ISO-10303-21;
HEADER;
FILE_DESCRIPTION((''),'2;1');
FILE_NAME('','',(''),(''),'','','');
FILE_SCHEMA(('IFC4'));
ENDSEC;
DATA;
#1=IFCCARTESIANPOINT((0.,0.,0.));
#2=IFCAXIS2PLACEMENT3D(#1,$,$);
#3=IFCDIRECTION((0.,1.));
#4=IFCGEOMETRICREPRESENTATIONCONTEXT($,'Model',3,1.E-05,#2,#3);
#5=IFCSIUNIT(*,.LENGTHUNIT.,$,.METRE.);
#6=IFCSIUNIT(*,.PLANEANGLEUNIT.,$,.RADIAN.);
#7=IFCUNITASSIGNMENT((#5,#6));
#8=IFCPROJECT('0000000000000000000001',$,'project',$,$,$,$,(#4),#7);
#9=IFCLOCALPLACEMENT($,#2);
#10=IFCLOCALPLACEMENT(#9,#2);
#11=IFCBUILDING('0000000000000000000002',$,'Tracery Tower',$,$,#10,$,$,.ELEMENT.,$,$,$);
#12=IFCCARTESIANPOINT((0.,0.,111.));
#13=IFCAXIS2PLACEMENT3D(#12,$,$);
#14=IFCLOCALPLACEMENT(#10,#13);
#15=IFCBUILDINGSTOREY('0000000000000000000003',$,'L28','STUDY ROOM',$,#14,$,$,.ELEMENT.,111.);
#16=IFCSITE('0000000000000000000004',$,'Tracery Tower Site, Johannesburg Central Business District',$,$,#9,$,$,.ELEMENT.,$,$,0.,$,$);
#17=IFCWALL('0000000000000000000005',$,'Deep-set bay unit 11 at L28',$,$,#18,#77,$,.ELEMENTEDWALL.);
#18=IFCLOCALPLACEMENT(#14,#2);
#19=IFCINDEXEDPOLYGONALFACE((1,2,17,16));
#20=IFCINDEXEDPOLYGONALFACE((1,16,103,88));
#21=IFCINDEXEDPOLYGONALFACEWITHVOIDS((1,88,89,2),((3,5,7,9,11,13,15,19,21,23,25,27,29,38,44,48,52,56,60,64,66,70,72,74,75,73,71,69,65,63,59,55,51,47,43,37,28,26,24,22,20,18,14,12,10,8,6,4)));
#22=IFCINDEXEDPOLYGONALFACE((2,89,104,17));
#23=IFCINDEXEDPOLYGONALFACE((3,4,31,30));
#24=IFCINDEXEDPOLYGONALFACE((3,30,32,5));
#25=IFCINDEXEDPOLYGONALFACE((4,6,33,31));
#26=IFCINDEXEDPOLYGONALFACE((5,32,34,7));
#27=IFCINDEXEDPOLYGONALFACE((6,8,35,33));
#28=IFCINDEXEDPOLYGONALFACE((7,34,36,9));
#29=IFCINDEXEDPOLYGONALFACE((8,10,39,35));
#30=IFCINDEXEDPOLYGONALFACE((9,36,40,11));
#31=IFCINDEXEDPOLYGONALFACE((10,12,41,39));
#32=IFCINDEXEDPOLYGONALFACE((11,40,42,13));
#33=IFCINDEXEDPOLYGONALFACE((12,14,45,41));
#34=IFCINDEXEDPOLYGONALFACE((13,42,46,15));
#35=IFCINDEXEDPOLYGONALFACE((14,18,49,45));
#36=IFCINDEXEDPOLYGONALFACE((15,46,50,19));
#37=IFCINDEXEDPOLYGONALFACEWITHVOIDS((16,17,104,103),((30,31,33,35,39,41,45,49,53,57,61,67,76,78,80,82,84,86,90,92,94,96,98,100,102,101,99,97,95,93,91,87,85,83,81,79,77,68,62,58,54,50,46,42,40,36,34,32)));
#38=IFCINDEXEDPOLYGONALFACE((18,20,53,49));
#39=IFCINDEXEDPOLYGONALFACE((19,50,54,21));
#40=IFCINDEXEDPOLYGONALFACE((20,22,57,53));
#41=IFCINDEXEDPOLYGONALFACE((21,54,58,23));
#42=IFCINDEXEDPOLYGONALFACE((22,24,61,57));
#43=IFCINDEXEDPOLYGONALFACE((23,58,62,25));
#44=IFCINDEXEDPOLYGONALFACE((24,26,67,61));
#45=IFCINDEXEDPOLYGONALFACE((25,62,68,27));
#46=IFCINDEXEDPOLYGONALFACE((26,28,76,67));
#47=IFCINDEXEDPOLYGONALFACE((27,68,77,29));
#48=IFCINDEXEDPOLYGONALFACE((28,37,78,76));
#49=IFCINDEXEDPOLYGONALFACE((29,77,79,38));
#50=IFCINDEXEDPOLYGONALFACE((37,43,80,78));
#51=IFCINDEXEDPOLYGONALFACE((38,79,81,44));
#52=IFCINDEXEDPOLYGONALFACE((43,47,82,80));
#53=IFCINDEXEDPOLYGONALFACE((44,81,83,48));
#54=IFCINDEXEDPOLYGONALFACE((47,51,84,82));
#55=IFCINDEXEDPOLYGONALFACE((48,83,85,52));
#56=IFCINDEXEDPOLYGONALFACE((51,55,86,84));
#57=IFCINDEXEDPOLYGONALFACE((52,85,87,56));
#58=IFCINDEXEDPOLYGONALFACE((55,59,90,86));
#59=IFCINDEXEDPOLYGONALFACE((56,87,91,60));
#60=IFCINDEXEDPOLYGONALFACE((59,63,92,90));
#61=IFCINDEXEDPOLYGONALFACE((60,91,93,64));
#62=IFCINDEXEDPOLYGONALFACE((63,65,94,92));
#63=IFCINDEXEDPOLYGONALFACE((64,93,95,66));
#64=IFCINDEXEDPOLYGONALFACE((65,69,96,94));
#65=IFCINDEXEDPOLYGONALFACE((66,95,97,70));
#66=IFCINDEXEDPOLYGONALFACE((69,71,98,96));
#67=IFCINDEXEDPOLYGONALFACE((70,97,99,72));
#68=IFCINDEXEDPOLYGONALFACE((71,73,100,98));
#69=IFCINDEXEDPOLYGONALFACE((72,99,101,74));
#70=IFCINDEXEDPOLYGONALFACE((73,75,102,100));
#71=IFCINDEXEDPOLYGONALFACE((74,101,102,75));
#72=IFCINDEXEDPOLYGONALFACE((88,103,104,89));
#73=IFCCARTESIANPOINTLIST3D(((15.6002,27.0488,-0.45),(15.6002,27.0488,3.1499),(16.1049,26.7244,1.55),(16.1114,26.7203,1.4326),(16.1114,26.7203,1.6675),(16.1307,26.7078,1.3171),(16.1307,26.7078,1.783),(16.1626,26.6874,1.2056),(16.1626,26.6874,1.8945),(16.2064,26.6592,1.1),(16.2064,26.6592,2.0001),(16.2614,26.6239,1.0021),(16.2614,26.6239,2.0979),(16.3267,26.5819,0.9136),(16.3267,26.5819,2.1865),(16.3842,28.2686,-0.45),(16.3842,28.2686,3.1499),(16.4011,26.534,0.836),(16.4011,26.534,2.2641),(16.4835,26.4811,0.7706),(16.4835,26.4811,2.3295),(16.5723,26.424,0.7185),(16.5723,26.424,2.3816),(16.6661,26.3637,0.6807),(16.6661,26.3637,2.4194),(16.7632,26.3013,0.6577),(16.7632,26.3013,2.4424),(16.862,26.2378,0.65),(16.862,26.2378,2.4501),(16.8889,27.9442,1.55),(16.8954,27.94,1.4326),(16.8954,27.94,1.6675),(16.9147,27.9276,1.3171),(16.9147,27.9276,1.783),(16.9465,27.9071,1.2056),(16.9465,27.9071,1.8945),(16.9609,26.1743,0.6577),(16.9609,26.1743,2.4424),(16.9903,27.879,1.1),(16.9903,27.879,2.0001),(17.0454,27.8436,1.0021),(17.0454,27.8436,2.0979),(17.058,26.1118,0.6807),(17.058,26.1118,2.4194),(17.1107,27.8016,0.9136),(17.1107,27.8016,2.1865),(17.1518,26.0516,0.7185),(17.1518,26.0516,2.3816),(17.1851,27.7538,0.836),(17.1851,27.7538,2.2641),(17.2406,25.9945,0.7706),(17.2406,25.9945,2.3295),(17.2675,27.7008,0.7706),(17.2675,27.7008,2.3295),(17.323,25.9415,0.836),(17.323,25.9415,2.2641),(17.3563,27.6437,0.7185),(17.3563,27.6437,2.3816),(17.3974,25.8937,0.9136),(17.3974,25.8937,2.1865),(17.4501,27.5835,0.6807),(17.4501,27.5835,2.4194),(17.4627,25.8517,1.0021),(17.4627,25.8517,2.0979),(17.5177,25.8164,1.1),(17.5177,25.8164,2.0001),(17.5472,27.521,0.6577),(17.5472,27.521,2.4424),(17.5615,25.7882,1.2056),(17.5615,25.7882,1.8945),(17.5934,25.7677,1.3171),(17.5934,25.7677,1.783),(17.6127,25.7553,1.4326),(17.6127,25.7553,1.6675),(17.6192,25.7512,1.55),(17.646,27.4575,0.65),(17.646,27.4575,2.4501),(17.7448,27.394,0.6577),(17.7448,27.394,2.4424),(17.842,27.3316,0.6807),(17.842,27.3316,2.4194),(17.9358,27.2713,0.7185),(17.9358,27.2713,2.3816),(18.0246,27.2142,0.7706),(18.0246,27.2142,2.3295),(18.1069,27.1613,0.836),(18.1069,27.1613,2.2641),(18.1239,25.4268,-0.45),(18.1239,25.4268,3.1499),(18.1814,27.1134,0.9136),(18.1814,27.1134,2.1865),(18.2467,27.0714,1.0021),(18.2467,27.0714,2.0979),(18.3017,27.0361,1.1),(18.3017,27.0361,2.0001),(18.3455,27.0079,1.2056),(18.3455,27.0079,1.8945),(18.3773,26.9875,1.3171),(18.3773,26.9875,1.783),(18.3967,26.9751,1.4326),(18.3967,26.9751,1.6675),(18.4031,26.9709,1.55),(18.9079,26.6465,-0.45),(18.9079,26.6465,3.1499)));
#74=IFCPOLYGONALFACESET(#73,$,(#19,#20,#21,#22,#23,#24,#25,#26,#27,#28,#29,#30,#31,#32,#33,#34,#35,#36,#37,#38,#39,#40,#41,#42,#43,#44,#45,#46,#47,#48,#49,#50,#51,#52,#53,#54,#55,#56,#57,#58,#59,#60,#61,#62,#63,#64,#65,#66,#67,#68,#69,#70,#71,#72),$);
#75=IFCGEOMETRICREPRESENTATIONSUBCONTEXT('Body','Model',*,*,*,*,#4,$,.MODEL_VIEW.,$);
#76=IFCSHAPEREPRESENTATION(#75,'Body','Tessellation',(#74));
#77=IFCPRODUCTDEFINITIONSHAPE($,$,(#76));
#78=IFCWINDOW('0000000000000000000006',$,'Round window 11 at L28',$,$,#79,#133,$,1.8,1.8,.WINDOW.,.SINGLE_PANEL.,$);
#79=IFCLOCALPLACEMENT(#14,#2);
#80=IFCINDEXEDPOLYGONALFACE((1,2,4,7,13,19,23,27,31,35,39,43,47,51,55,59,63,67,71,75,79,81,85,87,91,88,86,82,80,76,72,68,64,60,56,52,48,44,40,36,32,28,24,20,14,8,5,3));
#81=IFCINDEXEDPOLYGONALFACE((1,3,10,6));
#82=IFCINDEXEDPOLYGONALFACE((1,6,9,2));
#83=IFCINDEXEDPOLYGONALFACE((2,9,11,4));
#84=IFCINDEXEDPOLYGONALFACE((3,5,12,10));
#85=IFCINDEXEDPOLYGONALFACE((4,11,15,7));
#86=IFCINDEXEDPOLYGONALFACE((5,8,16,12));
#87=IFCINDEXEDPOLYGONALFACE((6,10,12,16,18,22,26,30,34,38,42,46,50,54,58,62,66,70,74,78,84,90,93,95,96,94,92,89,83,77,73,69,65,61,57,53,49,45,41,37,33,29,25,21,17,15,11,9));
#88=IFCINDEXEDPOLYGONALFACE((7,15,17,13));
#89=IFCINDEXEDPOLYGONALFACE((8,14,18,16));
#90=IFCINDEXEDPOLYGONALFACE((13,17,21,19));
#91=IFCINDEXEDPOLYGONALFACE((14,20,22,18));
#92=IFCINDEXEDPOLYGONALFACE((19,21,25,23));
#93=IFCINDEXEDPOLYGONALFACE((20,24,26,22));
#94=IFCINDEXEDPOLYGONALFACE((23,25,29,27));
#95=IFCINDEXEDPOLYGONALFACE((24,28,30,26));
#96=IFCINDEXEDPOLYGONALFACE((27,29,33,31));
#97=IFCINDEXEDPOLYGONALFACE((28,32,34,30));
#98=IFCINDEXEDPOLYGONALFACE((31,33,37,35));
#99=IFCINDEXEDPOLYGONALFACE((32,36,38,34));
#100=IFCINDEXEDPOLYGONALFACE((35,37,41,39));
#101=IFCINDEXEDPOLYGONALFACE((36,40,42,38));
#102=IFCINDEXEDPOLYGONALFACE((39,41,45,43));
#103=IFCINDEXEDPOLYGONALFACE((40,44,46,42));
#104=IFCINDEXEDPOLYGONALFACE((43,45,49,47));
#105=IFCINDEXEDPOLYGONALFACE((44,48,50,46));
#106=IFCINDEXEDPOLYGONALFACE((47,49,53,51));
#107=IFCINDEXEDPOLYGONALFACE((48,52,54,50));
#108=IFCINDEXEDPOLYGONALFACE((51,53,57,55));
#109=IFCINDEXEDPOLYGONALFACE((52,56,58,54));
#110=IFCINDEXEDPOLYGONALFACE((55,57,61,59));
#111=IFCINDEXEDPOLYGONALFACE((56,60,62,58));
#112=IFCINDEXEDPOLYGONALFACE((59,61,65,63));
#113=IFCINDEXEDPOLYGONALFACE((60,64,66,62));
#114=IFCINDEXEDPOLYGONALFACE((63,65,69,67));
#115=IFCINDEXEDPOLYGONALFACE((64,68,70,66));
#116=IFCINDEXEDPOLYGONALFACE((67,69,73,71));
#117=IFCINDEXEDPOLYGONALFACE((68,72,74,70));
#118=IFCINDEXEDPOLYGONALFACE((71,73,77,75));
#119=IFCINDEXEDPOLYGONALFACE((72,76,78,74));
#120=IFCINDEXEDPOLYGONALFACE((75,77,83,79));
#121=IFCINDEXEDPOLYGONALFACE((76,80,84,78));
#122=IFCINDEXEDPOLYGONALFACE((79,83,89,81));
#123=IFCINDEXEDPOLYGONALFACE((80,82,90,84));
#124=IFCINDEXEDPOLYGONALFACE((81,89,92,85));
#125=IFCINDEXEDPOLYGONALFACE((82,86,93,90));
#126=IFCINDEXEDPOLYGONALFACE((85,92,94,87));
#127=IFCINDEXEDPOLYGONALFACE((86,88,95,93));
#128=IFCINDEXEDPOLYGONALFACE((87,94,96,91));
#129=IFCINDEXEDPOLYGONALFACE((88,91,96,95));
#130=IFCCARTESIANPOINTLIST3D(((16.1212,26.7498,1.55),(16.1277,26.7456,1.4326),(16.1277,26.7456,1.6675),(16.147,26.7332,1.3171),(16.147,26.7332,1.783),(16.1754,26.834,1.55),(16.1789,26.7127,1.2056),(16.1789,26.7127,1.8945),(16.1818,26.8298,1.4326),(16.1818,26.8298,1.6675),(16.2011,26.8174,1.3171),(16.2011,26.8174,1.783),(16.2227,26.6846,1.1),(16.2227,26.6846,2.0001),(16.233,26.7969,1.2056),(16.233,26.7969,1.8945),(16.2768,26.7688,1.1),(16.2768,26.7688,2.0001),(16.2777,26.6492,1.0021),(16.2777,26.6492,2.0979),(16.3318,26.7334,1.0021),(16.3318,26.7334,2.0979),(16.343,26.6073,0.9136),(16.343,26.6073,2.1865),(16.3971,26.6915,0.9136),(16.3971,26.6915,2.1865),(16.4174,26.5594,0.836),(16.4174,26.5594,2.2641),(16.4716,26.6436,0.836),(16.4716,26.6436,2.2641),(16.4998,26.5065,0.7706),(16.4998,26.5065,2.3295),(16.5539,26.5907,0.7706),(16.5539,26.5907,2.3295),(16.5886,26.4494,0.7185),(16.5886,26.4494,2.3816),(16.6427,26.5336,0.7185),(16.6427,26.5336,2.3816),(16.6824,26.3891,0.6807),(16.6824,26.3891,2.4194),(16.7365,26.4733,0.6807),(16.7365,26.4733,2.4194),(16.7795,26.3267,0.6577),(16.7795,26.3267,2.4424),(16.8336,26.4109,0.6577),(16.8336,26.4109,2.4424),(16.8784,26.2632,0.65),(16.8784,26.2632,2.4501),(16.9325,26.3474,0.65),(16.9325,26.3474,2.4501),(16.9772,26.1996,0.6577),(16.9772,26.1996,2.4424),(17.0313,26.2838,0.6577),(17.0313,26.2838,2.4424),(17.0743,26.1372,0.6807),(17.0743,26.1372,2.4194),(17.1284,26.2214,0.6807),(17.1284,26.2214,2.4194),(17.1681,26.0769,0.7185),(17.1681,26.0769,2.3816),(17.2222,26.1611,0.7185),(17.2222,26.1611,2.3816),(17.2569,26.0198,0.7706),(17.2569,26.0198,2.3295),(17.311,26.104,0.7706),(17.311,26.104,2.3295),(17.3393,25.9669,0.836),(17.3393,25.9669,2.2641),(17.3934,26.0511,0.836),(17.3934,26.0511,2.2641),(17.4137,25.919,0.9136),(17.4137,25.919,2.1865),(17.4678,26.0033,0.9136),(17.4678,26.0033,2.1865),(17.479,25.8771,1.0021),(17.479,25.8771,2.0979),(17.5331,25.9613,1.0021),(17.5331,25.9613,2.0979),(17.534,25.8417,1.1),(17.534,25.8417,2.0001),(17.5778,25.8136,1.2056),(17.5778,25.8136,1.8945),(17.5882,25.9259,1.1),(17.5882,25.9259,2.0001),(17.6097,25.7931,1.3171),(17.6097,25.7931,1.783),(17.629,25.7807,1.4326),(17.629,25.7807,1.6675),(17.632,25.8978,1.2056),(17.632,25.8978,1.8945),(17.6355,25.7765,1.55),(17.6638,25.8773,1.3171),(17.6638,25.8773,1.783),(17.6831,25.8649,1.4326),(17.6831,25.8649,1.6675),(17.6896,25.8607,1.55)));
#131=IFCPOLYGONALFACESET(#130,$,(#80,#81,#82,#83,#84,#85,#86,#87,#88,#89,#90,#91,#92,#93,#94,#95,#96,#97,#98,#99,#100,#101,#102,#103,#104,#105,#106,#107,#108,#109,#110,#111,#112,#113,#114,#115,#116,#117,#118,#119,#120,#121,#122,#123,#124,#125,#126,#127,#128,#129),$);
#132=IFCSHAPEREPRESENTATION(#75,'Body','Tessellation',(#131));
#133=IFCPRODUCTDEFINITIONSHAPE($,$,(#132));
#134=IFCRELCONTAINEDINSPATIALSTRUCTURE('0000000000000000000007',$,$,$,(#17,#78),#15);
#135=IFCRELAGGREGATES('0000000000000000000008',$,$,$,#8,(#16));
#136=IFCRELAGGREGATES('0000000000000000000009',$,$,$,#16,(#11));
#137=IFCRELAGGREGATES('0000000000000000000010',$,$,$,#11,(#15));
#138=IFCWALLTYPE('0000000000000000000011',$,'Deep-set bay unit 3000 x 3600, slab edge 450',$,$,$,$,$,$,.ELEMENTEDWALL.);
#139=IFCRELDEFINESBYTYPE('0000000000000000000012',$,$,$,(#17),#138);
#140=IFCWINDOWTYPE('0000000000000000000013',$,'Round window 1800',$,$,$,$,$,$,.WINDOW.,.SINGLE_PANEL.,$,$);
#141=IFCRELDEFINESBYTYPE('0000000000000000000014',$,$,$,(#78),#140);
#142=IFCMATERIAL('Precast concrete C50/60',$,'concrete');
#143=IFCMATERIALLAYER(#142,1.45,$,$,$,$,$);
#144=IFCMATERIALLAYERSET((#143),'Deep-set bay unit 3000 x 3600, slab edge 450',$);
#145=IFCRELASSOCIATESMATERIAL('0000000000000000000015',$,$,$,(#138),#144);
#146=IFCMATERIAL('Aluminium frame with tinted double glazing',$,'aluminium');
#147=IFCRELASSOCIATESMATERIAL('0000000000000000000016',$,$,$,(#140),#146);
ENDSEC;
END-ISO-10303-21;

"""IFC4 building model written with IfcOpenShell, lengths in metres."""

from ifc_helpers import new_model, si_unit, direction, frame, frame_2d, origin, origin_2d, place, context, subcontext, project, spatial, rectangle, circle, extrude, material, layer, layer_set, type_object, element, fill, save


model = new_model("IFC4")

# Units and contexts
model_context = context("Model", 3, precision=1e-05, world=origin(), true_north=direction((0.0, 1.0)))
body_context = subcontext(model_context, "Body", "Model", "MODEL_VIEW")
ifc_project = project(units=[si_unit("LENGTHUNIT", "METRE"), si_unit("PLANEANGLEUNIT", "RADIAN")], contexts=[model_context])

# Site, building, storey
site_placement = place(None, origin())
site = spatial("IfcSite", under=ifc_project, at=site_placement, Name="Tracery Tower Site, Johannesburg Central Business District", CompositionType="ELEMENT", RefElevation=0.0)
building_placement = place(site_placement, origin())
building = spatial("IfcBuilding", under=site, at=building_placement, Name="Tracery Tower", CompositionType="ELEMENT")
storey_placement = place(building_placement, frame((0.0, 0.0, 111.0)))
storey = spatial("IfcBuildingStorey", under=building, at=storey_placement, Name="L28", Description="STUDY ROOM", CompositionType="ELEMENT", Elevation=111.0)

# Wall, opening, window
ifc_material_1 = material(Name="Precast concrete C50/60", Category="concrete")
ifc_layer_1 = layer(ifc_material_1, 1.45)
ifc_layer_set_1 = layer_set([ifc_layer_1], Name="Deep-set bay unit 3000 x 3600, slab edge 450")
wall_type_1 = type_object("IfcWallType", Name="Deep-set bay unit 3000 x 3600, slab edge 450", PredefinedType="ELEMENTEDWALL", material=ifc_layer_set_1)
ifc_material_2 = material(Name="Aluminium frame with tinted double glazing", Category="aluminium")
window_type = type_object("IfcWindowType", Name="Round window 1800", PartitioningType="SINGLE_PANEL", PredefinedType="WINDOW", material=ifc_material_2)
wall_1_placement = place(storey_placement, frame((18.5159, 26.0366, -0.45), z_axis=(0.0, 0.0, 1.0), x_axis=(-0.841223, 0.540688, 0.0)))
wall_1 = element("IfcWall", 1, at=wall_1_placement, inside=storey, type_object=wall_type_1, Name="Deep-set bay unit 11 at L28", PredefinedType="ELEMENTEDWALL", context=body_context, shape_type="SweptSolid", body=[
    extrude(rectangle(XDim=3.0, YDim=1.45, at=frame_2d((1.5, 0.0))), origin(), (0.0, 0.0, 1.0), 3.5999),
])
opening_1_placement = place(wall_1_placement, frame((1.5, 0.0, 2.0)))
opening_1 = element("IfcOpeningElement", 2, at=opening_1_placement, cuts=wall_1, PredefinedType="OPENING", context=body_context, shape_type="SweptSolid", body=[
    extrude(circle(Radius=0.9, at=origin_2d()), frame((0.0, 0.7349, 0.0), z_axis=(0.0, -1.0, 0.0), x_axis=(1.0, 0.0, 0.0)), (0.0, 0.0, 1.0), 1.47),
])
window_1_placement = place(opening_1_placement, origin())
window_1 = element("IfcWindow", 3, at=window_1_placement, inside=storey, type_object=window_type, Name="Round window 11 at L28", OverallHeight=1.8, OverallWidth=1.8, PartitioningType="SINGLE_PANEL", PredefinedType="WINDOW", context=body_context, shape_type="SweptSolid", body=[
    extrude(circle(Radius=0.9, at=origin_2d()), frame((0.0, 0.6948, 0.0), z_axis=(0.0, -1.0, 0.0), x_axis=(1.0, 0.0, 0.0)), (0.0, 0.0, 1.0), 0.1001),
])
fill(opening_1, window_1)

save(model, "model.ifc")
